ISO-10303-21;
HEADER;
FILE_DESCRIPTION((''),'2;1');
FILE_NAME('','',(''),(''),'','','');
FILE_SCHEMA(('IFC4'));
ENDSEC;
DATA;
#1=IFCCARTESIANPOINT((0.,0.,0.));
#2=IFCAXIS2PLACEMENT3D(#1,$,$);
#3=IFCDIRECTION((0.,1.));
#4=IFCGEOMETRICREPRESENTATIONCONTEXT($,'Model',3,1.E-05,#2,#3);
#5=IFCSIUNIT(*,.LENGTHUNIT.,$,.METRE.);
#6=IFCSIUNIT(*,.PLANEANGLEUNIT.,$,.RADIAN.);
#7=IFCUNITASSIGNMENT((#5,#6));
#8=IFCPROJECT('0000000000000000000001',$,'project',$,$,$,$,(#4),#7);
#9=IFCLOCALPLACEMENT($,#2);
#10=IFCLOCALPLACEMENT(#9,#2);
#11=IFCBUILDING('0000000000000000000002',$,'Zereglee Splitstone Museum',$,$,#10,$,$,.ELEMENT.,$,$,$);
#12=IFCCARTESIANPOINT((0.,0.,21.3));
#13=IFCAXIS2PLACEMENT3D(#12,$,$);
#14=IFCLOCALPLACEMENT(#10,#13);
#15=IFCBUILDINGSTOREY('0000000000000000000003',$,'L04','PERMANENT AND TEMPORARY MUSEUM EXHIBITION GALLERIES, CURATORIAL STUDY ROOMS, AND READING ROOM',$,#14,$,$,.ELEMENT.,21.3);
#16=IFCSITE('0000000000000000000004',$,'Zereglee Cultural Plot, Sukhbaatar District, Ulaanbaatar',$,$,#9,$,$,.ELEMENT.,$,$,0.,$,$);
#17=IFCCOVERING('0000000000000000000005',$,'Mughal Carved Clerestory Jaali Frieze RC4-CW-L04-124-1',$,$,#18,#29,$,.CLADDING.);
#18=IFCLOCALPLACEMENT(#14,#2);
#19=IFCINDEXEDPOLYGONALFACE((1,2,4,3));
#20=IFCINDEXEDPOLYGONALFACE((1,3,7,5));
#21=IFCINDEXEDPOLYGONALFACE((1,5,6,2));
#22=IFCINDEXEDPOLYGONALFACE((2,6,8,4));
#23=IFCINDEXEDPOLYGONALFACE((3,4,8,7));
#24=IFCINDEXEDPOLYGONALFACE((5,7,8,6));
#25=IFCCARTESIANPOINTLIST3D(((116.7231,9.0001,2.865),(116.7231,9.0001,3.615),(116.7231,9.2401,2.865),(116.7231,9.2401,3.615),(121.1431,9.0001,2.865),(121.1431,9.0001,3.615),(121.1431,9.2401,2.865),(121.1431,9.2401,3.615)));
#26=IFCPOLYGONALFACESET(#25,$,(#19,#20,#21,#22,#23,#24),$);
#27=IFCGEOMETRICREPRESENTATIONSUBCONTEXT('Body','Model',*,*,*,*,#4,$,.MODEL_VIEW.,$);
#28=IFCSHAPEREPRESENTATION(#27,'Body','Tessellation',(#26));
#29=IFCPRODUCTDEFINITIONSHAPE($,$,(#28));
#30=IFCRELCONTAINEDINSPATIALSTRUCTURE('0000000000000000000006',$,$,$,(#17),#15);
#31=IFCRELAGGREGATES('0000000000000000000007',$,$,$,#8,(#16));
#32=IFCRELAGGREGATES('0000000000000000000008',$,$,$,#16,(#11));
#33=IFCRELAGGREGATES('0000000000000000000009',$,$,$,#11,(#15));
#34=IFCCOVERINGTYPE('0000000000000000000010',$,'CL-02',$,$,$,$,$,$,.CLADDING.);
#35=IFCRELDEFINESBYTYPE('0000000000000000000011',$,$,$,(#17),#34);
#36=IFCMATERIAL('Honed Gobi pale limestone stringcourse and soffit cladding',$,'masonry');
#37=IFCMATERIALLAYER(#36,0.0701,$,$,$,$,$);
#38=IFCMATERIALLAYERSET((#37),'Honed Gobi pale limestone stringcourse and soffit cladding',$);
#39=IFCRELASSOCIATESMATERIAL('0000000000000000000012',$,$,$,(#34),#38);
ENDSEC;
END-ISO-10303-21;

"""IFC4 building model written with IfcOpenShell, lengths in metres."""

from ifc_helpers import new_model, si_unit, direction, frame, origin, origin_2d, place, context, subcontext, project, spatial, rectangle, extrude, material, layer, layer_set, type_object, element, save


model = new_model("IFC4")

# Units and contexts
model_context = context("Model", 3, precision=1e-05, world=origin(), true_north=direction((0.0, 1.0)))
body_context = subcontext(model_context, "Body", "Model", "MODEL_VIEW")
ifc_project = project(units=[si_unit("LENGTHUNIT", "METRE"), si_unit("PLANEANGLEUNIT", "RADIAN")], contexts=[model_context])

# Site, building, storey
site_placement = place(None, origin())
site = spatial("IfcSite", under=ifc_project, at=site_placement, Name="Zereglee Cultural Plot, Sukhbaatar District, Ulaanbaatar", CompositionType="ELEMENT", RefElevation=0.0)
building_placement = place(site_placement, origin())
building = spatial("IfcBuilding", under=site, at=building_placement, Name="Zereglee Splitstone Museum", CompositionType="ELEMENT")
storey_placement = place(building_placement, frame((0.0, 0.0, 21.3)))
storey = spatial("IfcBuildingStorey", under=building, at=storey_placement, Name="L04", Description="PERMANENT AND TEMPORARY MUSEUM EXHIBITION GALLERIES, CURATORIAL STUDY ROOMS, AND READING ROOM", CompositionType="ELEMENT", Elevation=21.3)

# Covering
ifc_material_1 = material(Name="Honed Gobi pale limestone stringcourse and soffit cladding", Category="masonry")
ifc_layer_1 = layer(ifc_material_1, 0.0701)
ifc_layer_set_1 = layer_set([ifc_layer_1], Name="Honed Gobi pale limestone stringcourse and soffit cladding")
covering_type = type_object("IfcCoveringType", Name="CL-02", PredefinedType="CLADDING", material=ifc_layer_set_1)
covering_1_placement = place(storey_placement, frame((118.9331, 9.1201, 2.865), z_axis=(0.0, 0.0, 1.0), x_axis=(1.0, 0.0, 0.0)))
element("IfcCovering", 1, at=covering_1_placement, inside=storey, type_object=covering_type, Name="Mughal Carved Clerestory Jaali Frieze RC4-CW-L04-124-1", PredefinedType="CLADDING", context=body_context, shape_type="SweptSolid", body=[
    extrude(rectangle(XDim=4.4199, YDim=0.24, at=origin_2d()), origin(), (0.0, 0.0, 1.0), 0.75),
])

save(model, "model.ifc")
